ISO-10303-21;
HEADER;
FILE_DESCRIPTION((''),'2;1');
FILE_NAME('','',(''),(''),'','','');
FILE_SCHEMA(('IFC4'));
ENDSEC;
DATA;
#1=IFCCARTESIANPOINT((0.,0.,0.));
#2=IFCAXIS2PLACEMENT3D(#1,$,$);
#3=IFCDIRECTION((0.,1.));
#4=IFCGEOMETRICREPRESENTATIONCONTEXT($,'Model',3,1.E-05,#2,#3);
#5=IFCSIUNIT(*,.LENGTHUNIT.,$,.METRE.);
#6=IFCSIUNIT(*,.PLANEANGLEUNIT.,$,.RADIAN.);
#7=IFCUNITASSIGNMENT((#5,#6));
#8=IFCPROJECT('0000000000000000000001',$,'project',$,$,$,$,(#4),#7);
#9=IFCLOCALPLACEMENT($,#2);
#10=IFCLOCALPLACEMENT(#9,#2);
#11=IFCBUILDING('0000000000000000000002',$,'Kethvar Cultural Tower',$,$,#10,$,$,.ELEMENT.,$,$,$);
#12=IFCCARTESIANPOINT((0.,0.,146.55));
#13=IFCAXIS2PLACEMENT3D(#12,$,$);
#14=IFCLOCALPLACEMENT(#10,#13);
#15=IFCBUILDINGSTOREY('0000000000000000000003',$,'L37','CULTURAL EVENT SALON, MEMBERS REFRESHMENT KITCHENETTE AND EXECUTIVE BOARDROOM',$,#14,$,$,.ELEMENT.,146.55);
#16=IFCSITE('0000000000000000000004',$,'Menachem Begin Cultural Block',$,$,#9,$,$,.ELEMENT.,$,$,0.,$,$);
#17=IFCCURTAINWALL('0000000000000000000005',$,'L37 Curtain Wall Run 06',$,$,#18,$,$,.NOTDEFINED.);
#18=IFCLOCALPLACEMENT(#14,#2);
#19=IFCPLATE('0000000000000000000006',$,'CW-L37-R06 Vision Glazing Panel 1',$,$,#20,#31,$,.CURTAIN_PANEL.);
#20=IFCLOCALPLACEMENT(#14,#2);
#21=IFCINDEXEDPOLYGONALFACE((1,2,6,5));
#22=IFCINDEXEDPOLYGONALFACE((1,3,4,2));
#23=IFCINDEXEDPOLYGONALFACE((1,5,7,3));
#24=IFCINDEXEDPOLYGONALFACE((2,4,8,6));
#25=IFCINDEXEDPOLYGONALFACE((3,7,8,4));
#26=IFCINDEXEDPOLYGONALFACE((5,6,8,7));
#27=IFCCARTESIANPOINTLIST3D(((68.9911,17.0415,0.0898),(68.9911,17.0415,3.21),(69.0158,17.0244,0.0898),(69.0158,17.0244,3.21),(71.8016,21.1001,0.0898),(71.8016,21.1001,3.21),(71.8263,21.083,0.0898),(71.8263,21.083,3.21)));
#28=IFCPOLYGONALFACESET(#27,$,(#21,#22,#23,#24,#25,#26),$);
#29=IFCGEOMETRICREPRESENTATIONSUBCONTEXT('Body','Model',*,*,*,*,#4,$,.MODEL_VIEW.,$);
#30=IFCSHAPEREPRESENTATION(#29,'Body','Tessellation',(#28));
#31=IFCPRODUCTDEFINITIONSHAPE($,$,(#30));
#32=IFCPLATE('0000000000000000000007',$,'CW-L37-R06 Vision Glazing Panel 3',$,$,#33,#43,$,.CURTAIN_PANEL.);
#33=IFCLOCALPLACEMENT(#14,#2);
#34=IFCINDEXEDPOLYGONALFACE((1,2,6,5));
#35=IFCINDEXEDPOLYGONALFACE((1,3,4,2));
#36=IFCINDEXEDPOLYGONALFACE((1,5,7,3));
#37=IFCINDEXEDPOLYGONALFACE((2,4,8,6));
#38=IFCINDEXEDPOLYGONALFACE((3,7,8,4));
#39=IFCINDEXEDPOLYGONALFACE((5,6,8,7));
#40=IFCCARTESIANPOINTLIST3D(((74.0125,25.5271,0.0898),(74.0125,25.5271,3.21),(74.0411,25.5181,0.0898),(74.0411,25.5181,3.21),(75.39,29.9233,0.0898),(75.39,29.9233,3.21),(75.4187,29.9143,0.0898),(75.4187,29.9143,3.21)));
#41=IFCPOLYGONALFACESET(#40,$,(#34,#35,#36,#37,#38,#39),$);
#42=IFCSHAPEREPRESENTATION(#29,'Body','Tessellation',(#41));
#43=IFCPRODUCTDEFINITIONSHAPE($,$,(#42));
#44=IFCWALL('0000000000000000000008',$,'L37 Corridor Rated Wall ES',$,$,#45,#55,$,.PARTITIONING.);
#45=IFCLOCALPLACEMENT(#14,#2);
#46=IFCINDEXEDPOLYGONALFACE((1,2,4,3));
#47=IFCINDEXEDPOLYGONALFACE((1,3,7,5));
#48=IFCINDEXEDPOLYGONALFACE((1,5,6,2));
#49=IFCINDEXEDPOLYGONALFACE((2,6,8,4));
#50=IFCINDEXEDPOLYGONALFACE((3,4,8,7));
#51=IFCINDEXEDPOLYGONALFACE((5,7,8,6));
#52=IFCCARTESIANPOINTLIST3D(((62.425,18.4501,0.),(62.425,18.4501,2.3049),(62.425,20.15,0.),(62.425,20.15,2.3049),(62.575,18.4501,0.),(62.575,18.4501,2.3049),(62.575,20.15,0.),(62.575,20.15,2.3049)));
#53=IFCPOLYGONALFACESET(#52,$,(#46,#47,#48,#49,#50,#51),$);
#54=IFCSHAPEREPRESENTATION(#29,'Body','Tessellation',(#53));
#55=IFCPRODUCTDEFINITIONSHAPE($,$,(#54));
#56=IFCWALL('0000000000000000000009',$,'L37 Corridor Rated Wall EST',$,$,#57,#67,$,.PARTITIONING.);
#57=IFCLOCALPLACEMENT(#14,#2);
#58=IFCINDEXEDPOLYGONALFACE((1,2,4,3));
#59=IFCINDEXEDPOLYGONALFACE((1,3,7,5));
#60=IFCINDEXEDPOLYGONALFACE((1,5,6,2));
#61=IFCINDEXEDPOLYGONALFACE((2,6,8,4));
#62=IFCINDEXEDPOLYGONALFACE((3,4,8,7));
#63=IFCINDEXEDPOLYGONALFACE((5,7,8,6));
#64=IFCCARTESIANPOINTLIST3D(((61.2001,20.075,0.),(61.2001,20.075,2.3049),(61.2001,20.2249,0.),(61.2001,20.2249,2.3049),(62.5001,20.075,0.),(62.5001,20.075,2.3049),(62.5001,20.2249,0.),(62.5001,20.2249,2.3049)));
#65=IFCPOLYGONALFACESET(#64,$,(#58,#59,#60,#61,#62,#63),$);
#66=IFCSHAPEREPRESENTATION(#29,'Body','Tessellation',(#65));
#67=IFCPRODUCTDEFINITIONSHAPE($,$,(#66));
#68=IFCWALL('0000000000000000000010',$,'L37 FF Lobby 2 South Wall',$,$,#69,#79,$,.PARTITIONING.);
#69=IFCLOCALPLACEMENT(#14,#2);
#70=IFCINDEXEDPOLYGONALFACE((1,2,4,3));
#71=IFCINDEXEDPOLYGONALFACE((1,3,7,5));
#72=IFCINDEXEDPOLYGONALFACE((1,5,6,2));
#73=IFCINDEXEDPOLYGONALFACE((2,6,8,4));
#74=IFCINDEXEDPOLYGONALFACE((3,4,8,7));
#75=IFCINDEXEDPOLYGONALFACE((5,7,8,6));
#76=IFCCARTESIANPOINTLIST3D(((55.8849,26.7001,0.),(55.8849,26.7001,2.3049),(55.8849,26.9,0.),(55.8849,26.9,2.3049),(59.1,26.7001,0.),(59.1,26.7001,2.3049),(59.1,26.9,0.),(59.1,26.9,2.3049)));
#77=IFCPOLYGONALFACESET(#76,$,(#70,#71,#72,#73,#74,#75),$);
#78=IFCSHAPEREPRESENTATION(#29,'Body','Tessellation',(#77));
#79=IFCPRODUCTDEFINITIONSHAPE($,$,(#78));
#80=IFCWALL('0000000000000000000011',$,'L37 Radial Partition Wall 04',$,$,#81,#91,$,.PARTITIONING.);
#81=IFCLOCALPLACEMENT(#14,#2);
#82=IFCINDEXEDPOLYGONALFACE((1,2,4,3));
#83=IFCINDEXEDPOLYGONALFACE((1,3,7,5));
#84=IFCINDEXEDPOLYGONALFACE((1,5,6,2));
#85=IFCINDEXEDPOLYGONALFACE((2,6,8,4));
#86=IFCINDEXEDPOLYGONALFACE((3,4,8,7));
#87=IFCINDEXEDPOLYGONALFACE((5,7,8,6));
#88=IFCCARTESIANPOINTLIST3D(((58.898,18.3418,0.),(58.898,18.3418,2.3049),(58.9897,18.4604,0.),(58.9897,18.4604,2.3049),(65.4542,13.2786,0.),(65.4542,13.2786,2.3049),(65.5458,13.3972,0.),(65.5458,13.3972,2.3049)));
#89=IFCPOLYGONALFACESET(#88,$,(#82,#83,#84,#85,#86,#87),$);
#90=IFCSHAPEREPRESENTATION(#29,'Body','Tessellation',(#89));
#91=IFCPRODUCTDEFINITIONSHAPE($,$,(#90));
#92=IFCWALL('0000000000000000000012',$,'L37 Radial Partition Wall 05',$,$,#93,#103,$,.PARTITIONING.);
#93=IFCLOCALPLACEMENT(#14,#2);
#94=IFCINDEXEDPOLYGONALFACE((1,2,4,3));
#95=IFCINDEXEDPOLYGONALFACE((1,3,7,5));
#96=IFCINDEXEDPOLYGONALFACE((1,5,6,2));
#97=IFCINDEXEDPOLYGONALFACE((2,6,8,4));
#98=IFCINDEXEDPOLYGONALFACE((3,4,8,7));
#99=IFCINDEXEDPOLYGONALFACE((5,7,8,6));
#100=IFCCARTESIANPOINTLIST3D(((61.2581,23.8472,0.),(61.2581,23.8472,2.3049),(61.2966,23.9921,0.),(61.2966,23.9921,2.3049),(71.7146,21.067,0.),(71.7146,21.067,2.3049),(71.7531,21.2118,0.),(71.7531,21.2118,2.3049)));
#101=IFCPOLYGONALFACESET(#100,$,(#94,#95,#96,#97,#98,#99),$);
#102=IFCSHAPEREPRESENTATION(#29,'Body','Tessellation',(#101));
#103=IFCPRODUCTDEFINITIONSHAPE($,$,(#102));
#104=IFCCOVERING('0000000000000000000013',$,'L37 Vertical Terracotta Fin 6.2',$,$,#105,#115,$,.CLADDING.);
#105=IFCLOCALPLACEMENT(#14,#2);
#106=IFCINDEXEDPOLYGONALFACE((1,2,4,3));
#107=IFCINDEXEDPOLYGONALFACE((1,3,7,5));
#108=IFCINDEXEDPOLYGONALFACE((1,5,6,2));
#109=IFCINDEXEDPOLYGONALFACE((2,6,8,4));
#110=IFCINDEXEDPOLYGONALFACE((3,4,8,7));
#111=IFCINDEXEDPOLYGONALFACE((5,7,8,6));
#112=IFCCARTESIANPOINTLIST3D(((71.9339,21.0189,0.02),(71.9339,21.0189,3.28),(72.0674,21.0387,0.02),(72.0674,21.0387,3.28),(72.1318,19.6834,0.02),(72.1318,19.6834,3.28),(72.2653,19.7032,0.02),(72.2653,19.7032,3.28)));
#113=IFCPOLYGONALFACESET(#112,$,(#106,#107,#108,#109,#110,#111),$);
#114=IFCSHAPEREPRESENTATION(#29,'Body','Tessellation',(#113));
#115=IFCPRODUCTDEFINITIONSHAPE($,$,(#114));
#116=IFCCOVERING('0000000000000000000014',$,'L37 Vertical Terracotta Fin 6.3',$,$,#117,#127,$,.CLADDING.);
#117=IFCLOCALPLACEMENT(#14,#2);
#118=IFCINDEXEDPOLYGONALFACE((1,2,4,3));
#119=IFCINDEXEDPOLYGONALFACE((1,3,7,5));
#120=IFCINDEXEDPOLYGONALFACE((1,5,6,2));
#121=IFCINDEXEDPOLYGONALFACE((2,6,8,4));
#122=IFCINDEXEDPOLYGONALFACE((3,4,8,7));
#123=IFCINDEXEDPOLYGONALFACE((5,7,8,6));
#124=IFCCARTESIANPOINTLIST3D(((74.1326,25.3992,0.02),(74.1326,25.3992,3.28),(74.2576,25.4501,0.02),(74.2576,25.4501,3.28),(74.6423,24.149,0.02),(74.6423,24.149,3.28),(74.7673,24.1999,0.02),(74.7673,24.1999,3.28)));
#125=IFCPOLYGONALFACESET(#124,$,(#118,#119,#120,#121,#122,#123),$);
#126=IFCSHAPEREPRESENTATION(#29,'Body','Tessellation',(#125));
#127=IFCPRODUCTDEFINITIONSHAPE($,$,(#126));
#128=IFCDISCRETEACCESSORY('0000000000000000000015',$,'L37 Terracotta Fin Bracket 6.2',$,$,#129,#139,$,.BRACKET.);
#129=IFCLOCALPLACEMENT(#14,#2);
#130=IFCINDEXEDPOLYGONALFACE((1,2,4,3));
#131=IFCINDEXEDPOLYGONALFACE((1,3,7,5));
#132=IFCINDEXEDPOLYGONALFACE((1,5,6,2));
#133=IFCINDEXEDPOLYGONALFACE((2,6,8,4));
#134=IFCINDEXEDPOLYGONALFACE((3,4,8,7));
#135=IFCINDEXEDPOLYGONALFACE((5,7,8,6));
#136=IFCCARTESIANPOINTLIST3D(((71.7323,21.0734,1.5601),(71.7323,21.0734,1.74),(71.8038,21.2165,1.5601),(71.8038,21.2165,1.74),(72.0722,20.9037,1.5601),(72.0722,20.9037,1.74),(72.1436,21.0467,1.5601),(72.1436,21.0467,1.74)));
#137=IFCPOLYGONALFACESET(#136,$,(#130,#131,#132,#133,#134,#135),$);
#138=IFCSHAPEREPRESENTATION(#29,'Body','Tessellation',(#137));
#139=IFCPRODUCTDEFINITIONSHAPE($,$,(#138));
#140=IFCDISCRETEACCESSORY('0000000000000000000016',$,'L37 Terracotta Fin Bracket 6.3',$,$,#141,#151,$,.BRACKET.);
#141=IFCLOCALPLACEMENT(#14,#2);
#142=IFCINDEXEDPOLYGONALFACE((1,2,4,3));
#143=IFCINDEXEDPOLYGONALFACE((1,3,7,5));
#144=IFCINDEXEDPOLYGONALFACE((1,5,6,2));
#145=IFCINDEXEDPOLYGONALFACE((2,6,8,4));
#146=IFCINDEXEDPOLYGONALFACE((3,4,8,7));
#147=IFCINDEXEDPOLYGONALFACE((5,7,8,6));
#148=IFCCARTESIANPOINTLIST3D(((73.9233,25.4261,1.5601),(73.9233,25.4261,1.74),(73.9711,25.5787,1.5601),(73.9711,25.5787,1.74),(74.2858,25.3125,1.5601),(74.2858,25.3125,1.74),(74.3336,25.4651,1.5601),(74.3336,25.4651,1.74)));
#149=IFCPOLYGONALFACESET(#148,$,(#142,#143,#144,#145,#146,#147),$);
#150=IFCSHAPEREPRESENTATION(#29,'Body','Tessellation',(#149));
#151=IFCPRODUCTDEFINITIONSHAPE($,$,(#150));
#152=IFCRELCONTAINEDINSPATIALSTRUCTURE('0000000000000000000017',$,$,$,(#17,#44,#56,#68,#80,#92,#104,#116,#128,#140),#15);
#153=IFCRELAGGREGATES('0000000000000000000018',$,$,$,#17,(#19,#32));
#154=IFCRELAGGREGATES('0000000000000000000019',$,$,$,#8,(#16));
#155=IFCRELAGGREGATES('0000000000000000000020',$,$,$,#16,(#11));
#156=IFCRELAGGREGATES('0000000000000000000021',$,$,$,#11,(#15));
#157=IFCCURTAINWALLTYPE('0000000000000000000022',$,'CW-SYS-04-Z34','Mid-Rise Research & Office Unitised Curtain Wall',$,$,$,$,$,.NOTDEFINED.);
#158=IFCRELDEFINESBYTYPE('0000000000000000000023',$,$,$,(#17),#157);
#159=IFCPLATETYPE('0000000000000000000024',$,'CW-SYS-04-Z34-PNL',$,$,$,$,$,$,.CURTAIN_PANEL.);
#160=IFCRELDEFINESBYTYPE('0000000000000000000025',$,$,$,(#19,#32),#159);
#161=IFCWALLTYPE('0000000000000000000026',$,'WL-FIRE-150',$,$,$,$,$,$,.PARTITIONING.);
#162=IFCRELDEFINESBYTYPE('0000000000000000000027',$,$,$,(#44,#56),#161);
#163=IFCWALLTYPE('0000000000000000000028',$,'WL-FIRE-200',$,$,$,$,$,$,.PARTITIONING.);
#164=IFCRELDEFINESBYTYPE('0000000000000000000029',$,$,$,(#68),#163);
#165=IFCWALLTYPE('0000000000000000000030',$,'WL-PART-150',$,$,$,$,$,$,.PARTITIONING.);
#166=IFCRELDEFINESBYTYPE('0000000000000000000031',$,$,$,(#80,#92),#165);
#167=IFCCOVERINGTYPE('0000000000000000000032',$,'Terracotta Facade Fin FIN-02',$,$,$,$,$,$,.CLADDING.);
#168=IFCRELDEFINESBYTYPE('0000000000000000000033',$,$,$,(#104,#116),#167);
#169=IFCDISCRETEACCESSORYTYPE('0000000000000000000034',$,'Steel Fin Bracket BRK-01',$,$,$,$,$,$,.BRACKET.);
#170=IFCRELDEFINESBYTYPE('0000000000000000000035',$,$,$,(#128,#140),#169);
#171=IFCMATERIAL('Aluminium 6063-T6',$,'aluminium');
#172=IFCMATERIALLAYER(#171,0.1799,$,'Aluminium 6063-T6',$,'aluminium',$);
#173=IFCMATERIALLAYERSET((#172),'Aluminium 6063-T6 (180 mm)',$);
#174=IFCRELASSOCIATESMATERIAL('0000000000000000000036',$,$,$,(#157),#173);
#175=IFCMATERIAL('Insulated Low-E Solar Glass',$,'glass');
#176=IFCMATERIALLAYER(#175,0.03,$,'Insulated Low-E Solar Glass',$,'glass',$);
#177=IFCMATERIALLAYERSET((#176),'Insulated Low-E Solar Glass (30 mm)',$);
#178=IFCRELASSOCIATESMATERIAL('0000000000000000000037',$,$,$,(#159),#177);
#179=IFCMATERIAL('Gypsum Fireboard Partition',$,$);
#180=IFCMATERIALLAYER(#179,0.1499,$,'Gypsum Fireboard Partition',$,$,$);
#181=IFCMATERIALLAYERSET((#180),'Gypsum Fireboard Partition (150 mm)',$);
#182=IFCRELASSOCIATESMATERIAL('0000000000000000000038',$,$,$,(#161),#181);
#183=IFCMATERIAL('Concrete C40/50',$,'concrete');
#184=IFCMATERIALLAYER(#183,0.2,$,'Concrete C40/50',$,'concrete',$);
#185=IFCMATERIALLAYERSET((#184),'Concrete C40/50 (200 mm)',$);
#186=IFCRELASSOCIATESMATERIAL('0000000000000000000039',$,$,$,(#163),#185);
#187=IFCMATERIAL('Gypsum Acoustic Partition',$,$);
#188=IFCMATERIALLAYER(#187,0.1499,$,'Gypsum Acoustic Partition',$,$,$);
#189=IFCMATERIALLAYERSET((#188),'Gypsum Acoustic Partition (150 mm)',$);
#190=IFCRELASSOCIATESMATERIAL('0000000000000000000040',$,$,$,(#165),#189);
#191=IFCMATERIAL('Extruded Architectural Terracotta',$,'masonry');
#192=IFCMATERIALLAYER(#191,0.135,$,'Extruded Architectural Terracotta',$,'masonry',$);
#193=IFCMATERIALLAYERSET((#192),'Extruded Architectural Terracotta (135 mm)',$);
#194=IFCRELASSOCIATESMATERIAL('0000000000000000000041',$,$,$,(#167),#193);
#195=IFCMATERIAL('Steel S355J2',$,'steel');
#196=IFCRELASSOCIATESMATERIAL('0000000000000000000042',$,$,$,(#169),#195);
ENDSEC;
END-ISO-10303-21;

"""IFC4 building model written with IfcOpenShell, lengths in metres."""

from ifc_helpers import new_model, si_unit, direction, frame, frame_2d, origin, origin_2d, place, context, subcontext, project, spatial, rectangle, extrude, source, transform, mapped, material, layer, layer_set, type_object, element, aggregate, save


model = new_model("IFC4")

# Units and contexts
model_context = context("Model", 3, precision=1e-05, world=origin(), true_north=direction((0.0, 1.0)))
body_context = subcontext(model_context, "Body", "Model", "MODEL_VIEW")
ifc_project = project(units=[si_unit("LENGTHUNIT", "METRE"), si_unit("PLANEANGLEUNIT", "RADIAN")], contexts=[model_context])

# Site, building, storey
site_placement = place(None, origin())
site = spatial("IfcSite", under=ifc_project, at=site_placement, Name="Menachem Begin Cultural Block", CompositionType="ELEMENT", RefElevation=0.0)
building_placement = place(site_placement, origin())
building = spatial("IfcBuilding", under=site, at=building_placement, Name="Kethvar Cultural Tower", CompositionType="ELEMENT")
storey_placement = place(building_placement, frame((0.0, 0.0, 146.55)))
storey = spatial("IfcBuildingStorey", under=building, at=storey_placement, Name="L37", Description="CULTURAL EVENT SALON, MEMBERS REFRESHMENT KITCHENETTE AND EXECUTIVE BOARDROOM", CompositionType="ELEMENT", Elevation=146.55)

# Shared definitions
ifc_material_1 = material(Name="Steel S355J2", Category="steel")

# Curtain wall, plates
ifc_material_2 = material(Name="Aluminium 6063-T6", Category="aluminium")
ifc_layer_1 = layer(ifc_material_2, 0.1799, Name="Aluminium 6063-T6", Category="aluminium")
ifc_layer_set_1 = layer_set([ifc_layer_1], Name="Aluminium 6063-T6 (180 mm)")
curtain_wall_type = type_object("IfcCurtainWallType", Name="CW-SYS-04-Z34", Description="Mid-Rise Research & Office Unitised Curtain Wall", PredefinedType="NOTDEFINED", material=ifc_layer_set_1)
curtain_wall_placement = place(storey_placement, origin())
curtain_wall = element("IfcCurtainWall", 1, at=curtain_wall_placement, inside=storey, type_object=curtain_wall_type, Name="L37 Curtain Wall Run 06", PredefinedType="NOTDEFINED")
ifc_material_3 = material(Name="Insulated Low-E Solar Glass", Category="glass")
ifc_layer_2 = layer(ifc_material_3, 0.03, Name="Insulated Low-E Solar Glass", Category="glass")
ifc_layer_set_2 = layer_set([ifc_layer_2], Name="Insulated Low-E Solar Glass (30 mm)")
plate_type = type_object("IfcPlateType", Name="CW-SYS-04-Z34-PNL", PredefinedType="CURTAIN_PANEL", material=ifc_layer_set_2)
shared_shape_1 = source(origin(), body_context, "Body", "SweptSolid", [
    extrude(rectangle(XDim=4.9368, YDim=0.03, at=origin_2d()), origin(), (0.0, 0.0, 1.0), 3.1201),
])
plate_1_placement = place(storey_placement, frame((70.4087, 19.0623, 0.0898), z_axis=(0.0, 0.0, 1.0), x_axis=(0.569308, 0.822124, 0.0)))
plate_1 = element("IfcPlate", 2, at=plate_1_placement, type_object=plate_type, Name="CW-L37-R06 Vision Glazing Panel 1", PredefinedType="CURTAIN_PANEL", context=body_context, shape_type="MappedRepresentation", body=[
    mapped(shared_shape_1, transform((0.0, 0.0, 0.0), scale=1.0)),
])
shared_shape_2 = source(origin(), body_context, "Body", "SweptSolid", [
    extrude(rectangle(XDim=4.6069, YDim=0.03, at=origin_2d()), origin(), (0.0, 0.0, 1.0), 3.1201),
])
plate_2_placement = place(storey_placement, frame((74.7156, 27.7207, 0.0898), z_axis=(0.0, 0.0, 1.0), x_axis=(0.299024, 0.954246, 0.0)))
plate_2 = element("IfcPlate", 3, at=plate_2_placement, type_object=plate_type, Name="CW-L37-R06 Vision Glazing Panel 3", PredefinedType="CURTAIN_PANEL", context=body_context, shape_type="MappedRepresentation", body=[
    mapped(shared_shape_2, transform((0.0, 0.0, 0.0), scale=1.0)),
])
aggregate(curtain_wall, [plate_1, plate_2])

# Walls
ifc_material_4 = material(Name="Gypsum Fireboard Partition")
ifc_layer_3 = layer(ifc_material_4, 0.1499, Name="Gypsum Fireboard Partition")
ifc_layer_set_3 = layer_set([ifc_layer_3], Name="Gypsum Fireboard Partition (150 mm)")
wall_type_1 = type_object("IfcWallType", Name="WL-FIRE-150", PredefinedType="PARTITIONING", material=ifc_layer_set_3)
wall_1_placement = place(storey_placement, frame((62.5, 18.45, 0.0), z_axis=(0.0, 0.0, 1.0), x_axis=(0.0, 1.0, 0.0)))
element("IfcWall", 4, at=wall_1_placement, inside=storey, type_object=wall_type_1, Name="L37 Corridor Rated Wall ES", PredefinedType="PARTITIONING", context=body_context, shape_type="SweptSolid", body=[
    extrude(rectangle(XDim=1.7, YDim=0.1499, at=frame_2d((0.8501, 0.0))), origin(), (0.0, 0.0, 1.0), 2.3049),
])
wall_2_placement = place(storey_placement, frame((62.5, 20.1499, 0.0), z_axis=(0.0, 0.0, 1.0), x_axis=(-1.0, 0.0, 0.0)))
element("IfcWall", 5, at=wall_2_placement, inside=storey, type_object=wall_type_1, Name="L37 Corridor Rated Wall EST", PredefinedType="PARTITIONING", context=body_context, shape_type="SweptSolid", body=[
    extrude(rectangle(XDim=1.3, YDim=0.1499, at=frame_2d((0.6499, 0.0))), origin(), (0.0, 0.0, 1.0), 2.3049),
])

# Shared definitions
ifc_material_5 = material(Name="Concrete C40/50", Category="concrete")
ifc_layer_4 = layer(ifc_material_5, 0.2, Name="Concrete C40/50", Category="concrete")
ifc_layer_set_4 = layer_set([ifc_layer_4], Name="Concrete C40/50 (200 mm)")
wall_type_2 = type_object("IfcWallType", Name="WL-FIRE-200", PredefinedType="PARTITIONING", material=ifc_layer_set_4)

# Walls
wall_3_placement = place(storey_placement, frame((55.885, 26.8, 0.0), z_axis=(0.0, 0.0, 1.0), x_axis=(1.0, 0.0, 0.0)))
element("IfcWall", 6, at=wall_3_placement, inside=storey, type_object=wall_type_2, Name="L37 FF Lobby 2 South Wall", PredefinedType="PARTITIONING", context=body_context, shape_type="SweptSolid", body=[
    extrude(rectangle(XDim=3.2151, YDim=0.2, at=frame_2d((1.6074, 0.0))), origin(), (0.0, 0.0, 1.0), 2.3049),
])
ifc_material_6 = material(Name="Gypsum Acoustic Partition")
ifc_layer_5 = layer(ifc_material_6, 0.1499, Name="Gypsum Acoustic Partition")
ifc_layer_set_5 = layer_set([ifc_layer_5], Name="Gypsum Acoustic Partition (150 mm)")
wall_type_3 = type_object("IfcWallType", Name="WL-PART-150", PredefinedType="PARTITIONING", material=ifc_layer_set_5)
wall_4_placement = place(storey_placement, frame((58.9438, 18.4011, 0.0), z_axis=(0.0, 0.0, 1.0), x_axis=(0.791453, -0.611229, 0.0)))
element("IfcWall", 7, at=wall_4_placement, inside=storey, type_object=wall_type_3, Name="L37 Radial Partition Wall 04", PredefinedType="PARTITIONING", context=body_context, shape_type="SweptSolid", body=[
    extrude(rectangle(XDim=8.2837, YDim=0.1499, at=frame_2d((4.1418, 0.0))), origin(), (0.0, 0.0, 1.0), 2.3049),
])
wall_5_placement = place(storey_placement, frame((61.2773, 23.9197, 0.0), z_axis=(0.0, 0.0, 1.0), x_axis=(0.966422, -0.25696, 0.0)))
element("IfcWall", 8, at=wall_5_placement, inside=storey, type_object=wall_type_3, Name="L37 Radial Partition Wall 05", PredefinedType="PARTITIONING", context=body_context, shape_type="SweptSolid", body=[
    extrude(rectangle(XDim=10.8198, YDim=0.1499, at=frame_2d((5.4099, 0.0))), origin(), (0.0, 0.0, 1.0), 2.3049),
])

# Coverings
ifc_material_7 = material(Name="Extruded Architectural Terracotta", Category="masonry")
ifc_layer_6 = layer(ifc_material_7, 0.135, Name="Extruded Architectural Terracotta", Category="masonry")
ifc_layer_set_6 = layer_set([ifc_layer_6], Name="Extruded Architectural Terracotta (135 mm)")
covering_type = type_object("IfcCoveringType", Name="Terracotta Facade Fin FIN-02", PredefinedType="CLADDING", material=ifc_layer_set_6)
shared_shape_3 = source(origin(), body_context, "Body", "SweptSolid", [
    extrude(rectangle(XDim=1.3501, YDim=0.135, at=origin_2d()), origin(), (0.0, 0.0, 1.0), 3.26),
])
for number, where, z_axis, x_axis, name in (
    (9, (72.0996, 20.3611, 0.02), (0.0, 0.0, 1.0), (0.146601, -0.989196, 0.0), "L37 Vertical Terracotta Fin 6.2"),
    (10, (74.45, 24.7996, 0.02), (0.0, 0.0, 1.0), (0.377518, -0.926002, 0.0), "L37 Vertical Terracotta Fin 6.3"),
):
    element("IfcCovering", number, at=place(storey_placement, frame(where, z_axis=z_axis, x_axis=x_axis)), inside=storey, type_object=covering_type, Name=name, PredefinedType="CLADDING", context=body_context, shape_type="MappedRepresentation", body=[
        mapped(shared_shape_3, transform((0.0, 0.0, 0.0), scale=1.0)),
    ])

# Discrete accessories
discrete_accessory_type = type_object("IfcDiscreteAccessoryType", Name="Steel Fin Bracket BRK-01", PredefinedType="BRACKET", material=ifc_material_1)
shared_shape_4 = source(origin(), body_context, "Body", "SweptSolid", [
    extrude(rectangle(XDim=0.3799, YDim=0.1599, at=origin_2d()), origin(), (0.0, 0.0, 1.0), 0.1799),
])
for number, where, z_axis, x_axis, name in (
    (11, (71.938, 21.0601, 1.5601), (0.0, 0.0, 1.0), (0.894623, -0.446822, 0.0), "L37 Terracotta Fin Bracket 6.2"),
    (12, (74.1284, 25.4456, 1.5601), (0.0, 0.0, 1.0), (0.95424, -0.299041, 0.0), "L37 Terracotta Fin Bracket 6.3"),
):
    element("IfcDiscreteAccessory", number, at=place(storey_placement, frame(where, z_axis=z_axis, x_axis=x_axis)), inside=storey, type_object=discrete_accessory_type, Name=name, PredefinedType="BRACKET", context=body_context, shape_type="MappedRepresentation", body=[
        mapped(shared_shape_4, transform((0.0, 0.0, 0.0), scale=1.0)),
    ])

save(model, "model.ifc")
